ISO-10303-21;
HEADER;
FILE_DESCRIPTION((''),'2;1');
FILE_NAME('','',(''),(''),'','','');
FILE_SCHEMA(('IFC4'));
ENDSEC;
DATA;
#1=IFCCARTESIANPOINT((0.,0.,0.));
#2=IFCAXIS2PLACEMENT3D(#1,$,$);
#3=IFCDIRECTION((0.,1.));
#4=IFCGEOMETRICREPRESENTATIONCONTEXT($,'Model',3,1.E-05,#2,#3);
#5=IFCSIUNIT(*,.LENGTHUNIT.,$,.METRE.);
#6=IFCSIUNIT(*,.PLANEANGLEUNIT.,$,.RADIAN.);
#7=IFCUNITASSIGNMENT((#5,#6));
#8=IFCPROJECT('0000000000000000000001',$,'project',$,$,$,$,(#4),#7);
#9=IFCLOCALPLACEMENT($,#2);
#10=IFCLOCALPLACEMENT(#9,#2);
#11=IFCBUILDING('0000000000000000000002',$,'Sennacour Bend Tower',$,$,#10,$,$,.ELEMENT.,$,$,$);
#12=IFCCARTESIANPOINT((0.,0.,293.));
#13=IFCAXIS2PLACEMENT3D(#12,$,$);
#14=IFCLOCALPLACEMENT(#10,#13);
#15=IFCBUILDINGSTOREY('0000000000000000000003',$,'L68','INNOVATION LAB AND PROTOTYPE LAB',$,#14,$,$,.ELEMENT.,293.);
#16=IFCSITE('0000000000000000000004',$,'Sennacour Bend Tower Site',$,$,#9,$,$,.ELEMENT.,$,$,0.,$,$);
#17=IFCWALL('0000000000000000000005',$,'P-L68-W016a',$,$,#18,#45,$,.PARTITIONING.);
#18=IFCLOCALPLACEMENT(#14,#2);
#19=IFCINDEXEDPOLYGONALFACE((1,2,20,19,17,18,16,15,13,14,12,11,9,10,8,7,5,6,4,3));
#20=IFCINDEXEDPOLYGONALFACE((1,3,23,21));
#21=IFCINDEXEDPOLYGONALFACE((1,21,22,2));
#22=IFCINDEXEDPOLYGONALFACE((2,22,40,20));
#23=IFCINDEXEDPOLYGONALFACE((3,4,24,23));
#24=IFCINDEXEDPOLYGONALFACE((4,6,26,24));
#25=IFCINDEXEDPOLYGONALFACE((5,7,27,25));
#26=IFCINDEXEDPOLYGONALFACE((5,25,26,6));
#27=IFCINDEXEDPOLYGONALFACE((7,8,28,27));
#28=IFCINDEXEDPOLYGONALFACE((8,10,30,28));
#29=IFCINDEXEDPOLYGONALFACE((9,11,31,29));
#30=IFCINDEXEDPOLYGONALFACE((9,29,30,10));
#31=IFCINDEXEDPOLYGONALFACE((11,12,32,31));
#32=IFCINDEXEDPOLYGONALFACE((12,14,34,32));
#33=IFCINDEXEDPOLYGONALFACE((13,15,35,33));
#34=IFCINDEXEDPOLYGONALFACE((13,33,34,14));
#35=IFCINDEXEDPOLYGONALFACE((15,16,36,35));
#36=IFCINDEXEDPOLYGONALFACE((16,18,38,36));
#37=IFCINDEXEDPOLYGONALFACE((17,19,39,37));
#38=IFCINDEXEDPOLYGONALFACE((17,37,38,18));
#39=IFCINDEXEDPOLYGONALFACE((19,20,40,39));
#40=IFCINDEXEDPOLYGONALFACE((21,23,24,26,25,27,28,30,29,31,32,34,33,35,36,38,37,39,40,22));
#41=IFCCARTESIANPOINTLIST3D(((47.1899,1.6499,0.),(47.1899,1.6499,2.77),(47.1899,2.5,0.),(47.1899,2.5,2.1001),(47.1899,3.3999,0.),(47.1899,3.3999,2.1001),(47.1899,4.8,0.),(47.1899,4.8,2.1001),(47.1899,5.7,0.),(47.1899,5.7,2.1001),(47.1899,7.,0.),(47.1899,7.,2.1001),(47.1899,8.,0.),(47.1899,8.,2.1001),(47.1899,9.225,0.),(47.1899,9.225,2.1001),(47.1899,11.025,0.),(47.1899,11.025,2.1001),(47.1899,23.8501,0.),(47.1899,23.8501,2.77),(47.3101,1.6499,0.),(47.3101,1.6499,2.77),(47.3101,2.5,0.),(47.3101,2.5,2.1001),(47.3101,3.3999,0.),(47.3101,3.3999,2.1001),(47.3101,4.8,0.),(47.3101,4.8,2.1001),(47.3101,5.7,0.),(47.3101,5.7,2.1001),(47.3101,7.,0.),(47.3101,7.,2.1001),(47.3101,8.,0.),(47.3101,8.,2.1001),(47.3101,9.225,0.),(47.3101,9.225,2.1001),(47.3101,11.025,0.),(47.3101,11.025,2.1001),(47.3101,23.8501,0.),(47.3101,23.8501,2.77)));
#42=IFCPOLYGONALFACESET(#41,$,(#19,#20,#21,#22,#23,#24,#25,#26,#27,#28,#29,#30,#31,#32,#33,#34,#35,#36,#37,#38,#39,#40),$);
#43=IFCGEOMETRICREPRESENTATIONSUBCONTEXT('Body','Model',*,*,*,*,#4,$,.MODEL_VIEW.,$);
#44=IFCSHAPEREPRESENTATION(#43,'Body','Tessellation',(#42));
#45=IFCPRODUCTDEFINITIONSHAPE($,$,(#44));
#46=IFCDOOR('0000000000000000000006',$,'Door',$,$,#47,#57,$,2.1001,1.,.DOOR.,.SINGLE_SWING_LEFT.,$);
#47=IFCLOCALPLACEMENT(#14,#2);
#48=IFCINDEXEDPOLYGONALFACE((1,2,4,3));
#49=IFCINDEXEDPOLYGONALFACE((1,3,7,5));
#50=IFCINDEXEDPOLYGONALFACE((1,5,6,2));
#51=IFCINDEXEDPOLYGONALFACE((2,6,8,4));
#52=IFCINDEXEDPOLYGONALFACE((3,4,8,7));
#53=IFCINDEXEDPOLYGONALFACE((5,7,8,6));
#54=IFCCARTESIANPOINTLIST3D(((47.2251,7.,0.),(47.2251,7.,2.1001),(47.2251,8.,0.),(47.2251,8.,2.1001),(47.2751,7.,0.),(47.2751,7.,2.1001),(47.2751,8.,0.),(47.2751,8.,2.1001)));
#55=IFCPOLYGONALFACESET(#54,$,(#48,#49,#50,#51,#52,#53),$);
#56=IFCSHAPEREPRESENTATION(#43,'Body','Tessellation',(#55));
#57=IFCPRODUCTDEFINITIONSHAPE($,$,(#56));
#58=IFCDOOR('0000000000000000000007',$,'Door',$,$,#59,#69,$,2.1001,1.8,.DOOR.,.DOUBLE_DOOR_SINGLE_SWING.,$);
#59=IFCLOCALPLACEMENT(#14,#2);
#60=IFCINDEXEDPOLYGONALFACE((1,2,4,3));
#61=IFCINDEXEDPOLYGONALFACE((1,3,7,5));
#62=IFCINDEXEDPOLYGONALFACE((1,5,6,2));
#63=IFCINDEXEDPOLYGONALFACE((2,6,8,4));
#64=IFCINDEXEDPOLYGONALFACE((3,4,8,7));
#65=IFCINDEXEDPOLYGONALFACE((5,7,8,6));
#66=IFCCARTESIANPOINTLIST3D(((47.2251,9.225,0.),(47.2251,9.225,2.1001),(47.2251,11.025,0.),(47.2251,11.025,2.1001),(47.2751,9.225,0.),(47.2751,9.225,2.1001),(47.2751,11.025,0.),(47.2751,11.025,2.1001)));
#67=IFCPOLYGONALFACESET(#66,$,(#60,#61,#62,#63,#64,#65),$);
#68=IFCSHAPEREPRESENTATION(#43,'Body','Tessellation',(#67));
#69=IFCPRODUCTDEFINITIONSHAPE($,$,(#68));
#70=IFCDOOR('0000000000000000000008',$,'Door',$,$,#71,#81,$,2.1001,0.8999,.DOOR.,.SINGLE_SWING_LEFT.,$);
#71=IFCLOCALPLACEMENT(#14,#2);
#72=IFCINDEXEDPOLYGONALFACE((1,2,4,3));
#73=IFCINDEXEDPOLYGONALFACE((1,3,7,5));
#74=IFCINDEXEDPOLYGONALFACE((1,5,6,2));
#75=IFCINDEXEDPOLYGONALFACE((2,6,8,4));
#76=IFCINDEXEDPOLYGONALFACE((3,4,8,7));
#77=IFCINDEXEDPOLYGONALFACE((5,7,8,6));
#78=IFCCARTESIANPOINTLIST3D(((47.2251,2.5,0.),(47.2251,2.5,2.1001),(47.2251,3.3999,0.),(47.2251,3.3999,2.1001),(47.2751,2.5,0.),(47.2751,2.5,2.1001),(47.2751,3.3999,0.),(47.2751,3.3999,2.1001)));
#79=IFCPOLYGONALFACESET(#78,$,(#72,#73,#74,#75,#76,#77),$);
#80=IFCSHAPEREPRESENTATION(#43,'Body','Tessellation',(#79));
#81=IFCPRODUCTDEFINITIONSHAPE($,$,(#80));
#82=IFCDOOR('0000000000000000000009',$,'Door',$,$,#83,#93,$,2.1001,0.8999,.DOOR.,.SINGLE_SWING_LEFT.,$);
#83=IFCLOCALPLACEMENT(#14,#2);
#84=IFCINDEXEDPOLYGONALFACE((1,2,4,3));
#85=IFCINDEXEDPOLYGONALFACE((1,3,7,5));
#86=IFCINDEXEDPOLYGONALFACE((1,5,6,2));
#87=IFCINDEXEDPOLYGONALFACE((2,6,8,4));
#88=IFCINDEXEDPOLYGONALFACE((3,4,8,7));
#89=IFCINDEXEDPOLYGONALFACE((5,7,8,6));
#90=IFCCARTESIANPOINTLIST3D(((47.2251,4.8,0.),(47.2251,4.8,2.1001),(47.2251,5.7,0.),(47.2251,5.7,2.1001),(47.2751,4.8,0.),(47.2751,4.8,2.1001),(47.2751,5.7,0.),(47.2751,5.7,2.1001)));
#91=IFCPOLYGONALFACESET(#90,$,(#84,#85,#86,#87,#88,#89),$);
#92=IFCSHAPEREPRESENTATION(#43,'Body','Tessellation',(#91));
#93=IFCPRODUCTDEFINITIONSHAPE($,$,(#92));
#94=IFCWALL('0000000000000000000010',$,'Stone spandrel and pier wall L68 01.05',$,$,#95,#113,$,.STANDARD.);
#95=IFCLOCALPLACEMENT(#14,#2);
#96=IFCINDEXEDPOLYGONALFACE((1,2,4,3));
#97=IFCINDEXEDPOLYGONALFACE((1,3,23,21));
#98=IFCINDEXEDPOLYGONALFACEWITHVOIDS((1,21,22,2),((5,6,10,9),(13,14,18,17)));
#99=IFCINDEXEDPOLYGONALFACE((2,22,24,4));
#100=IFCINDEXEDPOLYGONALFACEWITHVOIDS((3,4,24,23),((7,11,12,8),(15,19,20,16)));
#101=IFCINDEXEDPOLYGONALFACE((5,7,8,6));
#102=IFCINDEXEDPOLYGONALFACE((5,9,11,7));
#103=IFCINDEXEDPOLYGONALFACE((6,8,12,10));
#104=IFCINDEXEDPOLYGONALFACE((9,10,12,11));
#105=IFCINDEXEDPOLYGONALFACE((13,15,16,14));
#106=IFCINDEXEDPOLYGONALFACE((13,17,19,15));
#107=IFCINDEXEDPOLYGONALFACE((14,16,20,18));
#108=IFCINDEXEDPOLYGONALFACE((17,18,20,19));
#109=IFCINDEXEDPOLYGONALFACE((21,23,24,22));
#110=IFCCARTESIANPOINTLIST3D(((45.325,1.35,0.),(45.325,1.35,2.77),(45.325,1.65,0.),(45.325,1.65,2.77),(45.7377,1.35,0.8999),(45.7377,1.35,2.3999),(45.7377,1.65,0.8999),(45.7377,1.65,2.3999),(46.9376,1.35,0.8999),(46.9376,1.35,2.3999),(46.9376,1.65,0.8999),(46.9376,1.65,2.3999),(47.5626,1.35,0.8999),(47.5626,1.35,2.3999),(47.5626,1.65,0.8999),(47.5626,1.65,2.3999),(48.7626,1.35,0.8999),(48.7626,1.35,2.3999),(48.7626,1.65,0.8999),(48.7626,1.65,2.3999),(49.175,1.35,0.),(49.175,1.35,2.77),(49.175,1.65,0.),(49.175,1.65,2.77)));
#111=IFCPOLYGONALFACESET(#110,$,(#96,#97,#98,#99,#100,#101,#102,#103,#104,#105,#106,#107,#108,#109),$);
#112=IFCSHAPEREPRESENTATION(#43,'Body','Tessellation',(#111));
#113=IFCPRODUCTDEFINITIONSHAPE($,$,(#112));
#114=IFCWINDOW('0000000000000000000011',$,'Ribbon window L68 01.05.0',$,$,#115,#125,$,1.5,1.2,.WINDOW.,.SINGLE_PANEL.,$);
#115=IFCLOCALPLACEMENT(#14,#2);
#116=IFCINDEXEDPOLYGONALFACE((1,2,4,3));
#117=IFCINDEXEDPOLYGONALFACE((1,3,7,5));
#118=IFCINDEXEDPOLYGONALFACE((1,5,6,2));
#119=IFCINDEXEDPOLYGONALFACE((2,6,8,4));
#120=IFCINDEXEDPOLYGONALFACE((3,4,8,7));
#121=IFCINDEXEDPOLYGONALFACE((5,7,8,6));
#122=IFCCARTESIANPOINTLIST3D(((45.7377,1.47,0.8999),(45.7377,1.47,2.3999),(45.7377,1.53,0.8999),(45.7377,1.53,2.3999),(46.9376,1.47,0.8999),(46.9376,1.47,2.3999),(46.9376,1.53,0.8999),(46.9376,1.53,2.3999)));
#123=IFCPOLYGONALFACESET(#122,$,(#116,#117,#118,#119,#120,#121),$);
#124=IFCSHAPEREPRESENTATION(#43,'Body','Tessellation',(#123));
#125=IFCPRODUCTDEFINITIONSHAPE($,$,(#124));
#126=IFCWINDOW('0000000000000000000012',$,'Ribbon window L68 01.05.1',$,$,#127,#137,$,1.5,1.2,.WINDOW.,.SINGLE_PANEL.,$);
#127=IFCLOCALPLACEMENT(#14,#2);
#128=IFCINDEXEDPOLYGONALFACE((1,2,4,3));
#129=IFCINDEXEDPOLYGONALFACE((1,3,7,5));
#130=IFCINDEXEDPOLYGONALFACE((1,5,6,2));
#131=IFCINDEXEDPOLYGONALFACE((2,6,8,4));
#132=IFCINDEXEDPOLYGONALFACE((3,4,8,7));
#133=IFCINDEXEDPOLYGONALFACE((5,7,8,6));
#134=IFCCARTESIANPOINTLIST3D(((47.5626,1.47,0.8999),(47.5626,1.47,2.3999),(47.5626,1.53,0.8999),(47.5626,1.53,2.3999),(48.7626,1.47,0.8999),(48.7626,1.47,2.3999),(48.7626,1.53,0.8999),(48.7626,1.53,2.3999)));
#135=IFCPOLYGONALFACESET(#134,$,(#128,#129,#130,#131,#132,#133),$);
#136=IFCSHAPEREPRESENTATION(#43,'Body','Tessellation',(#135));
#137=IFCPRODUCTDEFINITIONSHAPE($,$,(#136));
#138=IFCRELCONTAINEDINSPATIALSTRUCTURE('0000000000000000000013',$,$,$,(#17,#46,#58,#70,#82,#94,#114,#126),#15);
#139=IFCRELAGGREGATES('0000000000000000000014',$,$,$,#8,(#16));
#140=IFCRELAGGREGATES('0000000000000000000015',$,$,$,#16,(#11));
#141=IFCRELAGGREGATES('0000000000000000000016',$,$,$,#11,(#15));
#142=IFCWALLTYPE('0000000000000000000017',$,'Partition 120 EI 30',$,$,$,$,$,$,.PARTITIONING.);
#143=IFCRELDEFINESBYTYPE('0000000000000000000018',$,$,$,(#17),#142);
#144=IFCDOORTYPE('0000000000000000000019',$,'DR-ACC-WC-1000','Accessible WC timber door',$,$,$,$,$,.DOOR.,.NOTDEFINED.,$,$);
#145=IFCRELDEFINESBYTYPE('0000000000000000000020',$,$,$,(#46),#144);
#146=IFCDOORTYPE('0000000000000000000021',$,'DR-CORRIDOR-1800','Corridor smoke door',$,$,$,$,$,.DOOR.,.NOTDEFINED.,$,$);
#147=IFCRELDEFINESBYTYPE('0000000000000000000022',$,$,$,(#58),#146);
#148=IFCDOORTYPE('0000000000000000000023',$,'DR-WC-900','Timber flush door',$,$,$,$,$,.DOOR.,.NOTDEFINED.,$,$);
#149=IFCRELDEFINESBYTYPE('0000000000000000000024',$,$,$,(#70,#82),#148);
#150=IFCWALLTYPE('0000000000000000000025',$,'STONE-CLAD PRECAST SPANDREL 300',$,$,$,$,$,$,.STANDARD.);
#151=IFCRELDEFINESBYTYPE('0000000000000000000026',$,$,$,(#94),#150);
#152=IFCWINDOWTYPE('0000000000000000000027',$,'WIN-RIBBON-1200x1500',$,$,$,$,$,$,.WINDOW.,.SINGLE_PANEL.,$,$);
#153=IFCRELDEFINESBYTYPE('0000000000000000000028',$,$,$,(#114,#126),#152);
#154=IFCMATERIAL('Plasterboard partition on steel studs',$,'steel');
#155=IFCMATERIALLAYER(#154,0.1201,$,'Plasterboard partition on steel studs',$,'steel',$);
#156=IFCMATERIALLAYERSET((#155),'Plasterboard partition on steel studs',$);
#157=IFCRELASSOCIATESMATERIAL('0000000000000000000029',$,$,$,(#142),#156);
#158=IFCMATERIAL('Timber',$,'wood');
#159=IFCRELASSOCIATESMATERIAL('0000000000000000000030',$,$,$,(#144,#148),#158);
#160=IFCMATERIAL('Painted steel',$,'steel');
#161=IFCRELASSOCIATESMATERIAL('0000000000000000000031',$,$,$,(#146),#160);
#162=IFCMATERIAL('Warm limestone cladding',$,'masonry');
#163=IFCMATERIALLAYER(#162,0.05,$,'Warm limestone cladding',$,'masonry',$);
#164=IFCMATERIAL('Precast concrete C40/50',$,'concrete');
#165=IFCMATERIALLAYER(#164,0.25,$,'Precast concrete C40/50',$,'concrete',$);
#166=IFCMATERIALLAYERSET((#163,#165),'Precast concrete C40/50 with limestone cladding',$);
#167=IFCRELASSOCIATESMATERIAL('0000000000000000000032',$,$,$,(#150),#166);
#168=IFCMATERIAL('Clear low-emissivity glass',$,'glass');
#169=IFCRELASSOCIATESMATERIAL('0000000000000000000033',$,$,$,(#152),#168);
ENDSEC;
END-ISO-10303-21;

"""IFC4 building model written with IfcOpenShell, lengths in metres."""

from ifc_helpers import new_model, si_unit, direction, frame, frame_2d, origin, place, context, subcontext, project, spatial, rectangle, extrude, material, layer, layer_set, type_object, element, fill, save


model = new_model("IFC4")

# Units and contexts
model_context = context("Model", 3, precision=1e-05, world=origin(), true_north=direction((0.0, 1.0)))
body_context = subcontext(model_context, "Body", "Model", "MODEL_VIEW")
ifc_project = project(units=[si_unit("LENGTHUNIT", "METRE"), si_unit("PLANEANGLEUNIT", "RADIAN")], contexts=[model_context])

# Site, building, storey
site_placement = place(None, origin())
site = spatial("IfcSite", under=ifc_project, at=site_placement, Name="Sennacour Bend Tower Site", CompositionType="ELEMENT", RefElevation=0.0)
building_placement = place(site_placement, origin())
building = spatial("IfcBuilding", under=site, at=building_placement, Name="Sennacour Bend Tower", CompositionType="ELEMENT")
storey_placement = place(building_placement, frame((0.0, 0.0, 293.0)))
storey = spatial("IfcBuildingStorey", under=building, at=storey_placement, Name="L68", Description="INNOVATION LAB AND PROTOTYPE LAB", CompositionType="ELEMENT", Elevation=293.0)

# Shared definitions
ifc_material_1 = material(Name="Painted steel", Category="steel")

# Shared definitions
ifc_material_2 = material(Name="Plasterboard partition on steel studs", Category="steel")

# Wall, openings, doors
ifc_layer_1 = layer(ifc_material_2, 0.1201, Name="Plasterboard partition on steel studs", Category="steel")
ifc_layer_set_1 = layer_set([ifc_layer_1], Name="Plasterboard partition on steel studs")
wall_type_1 = type_object("IfcWallType", Name="Partition 120 EI 30", PredefinedType="PARTITIONING", material=ifc_layer_set_1)
wall_1_placement = place(storey_placement, frame((47.25, 1.6499, 0.0), z_axis=(0.0, 0.0, 1.0), x_axis=(0.0, 1.0, 0.0)))
wall_1 = element("IfcWall", 1, at=wall_1_placement, inside=storey, type_object=wall_type_1, Name="P-L68-W016a", PredefinedType="PARTITIONING", context=body_context, shape_type="SweptSolid", body=[
    extrude(rectangle(XDim=22.2002, YDim=0.1201, at=frame_2d((11.1001, 0.0))), origin(), (0.0, 0.0, 1.0), 2.77),
])
opening_1_placement = place(wall_1_placement, frame((7.5752, 0.0, 0.0)))
opening_1 = element("IfcOpeningElement", 2, at=opening_1_placement, cuts=wall_1, PredefinedType="OPENING", context=body_context, shape_type="SweptSolid", body=[
    extrude(rectangle(XDim=1.8, YDim=2.1001, at=frame_2d((0.8999, 1.05))), frame((0.0, 0.0701, 0.0), z_axis=(0.0, -1.0, 0.0), x_axis=(1.0, 0.0, 0.0)), (0.0, 0.0, 1.0), 0.1401),
])
opening_2_placement = place(wall_1_placement, frame((0.8501, 0.0, 0.0)))
opening_2 = element("IfcOpeningElement", 3, at=opening_2_placement, cuts=wall_1, PredefinedType="OPENING", context=body_context, shape_type="SweptSolid", body=[
    extrude(rectangle(XDim=0.8999, YDim=2.1001, at=frame_2d((0.45, 1.05))), frame((0.0, 0.0701, 0.0), z_axis=(0.0, -1.0, 0.0), x_axis=(1.0, 0.0, 0.0)), (0.0, 0.0, 1.0), 0.1401),
])
opening_3_placement = place(wall_1_placement, frame((3.1501, 0.0, 0.0)))
opening_3 = element("IfcOpeningElement", 4, at=opening_3_placement, cuts=wall_1, PredefinedType="OPENING", context=body_context, shape_type="SweptSolid", body=[
    extrude(rectangle(XDim=0.8999, YDim=2.1001, at=frame_2d((0.45, 1.05))), frame((0.0, 0.0701, 0.0), z_axis=(0.0, -1.0, 0.0), x_axis=(1.0, 0.0, 0.0)), (0.0, 0.0, 1.0), 0.1401),
])
opening_4_placement = place(wall_1_placement, frame((5.3501, 0.0, 0.0)))
opening_4 = element("IfcOpeningElement", 5, at=opening_4_placement, cuts=wall_1, PredefinedType="OPENING", context=body_context, shape_type="SweptSolid", body=[
    extrude(rectangle(XDim=1.0, YDim=2.1001, at=frame_2d((0.5, 1.05))), frame((0.0, 0.0701, 0.0), z_axis=(0.0, -1.0, 0.0), x_axis=(1.0, 0.0, 0.0)), (0.0, 0.0, 1.0), 0.1401),
])
ifc_material_3 = material(Name="Timber", Category="wood")
door_type_1 = type_object("IfcDoorType", Name="DR-ACC-WC-1000", Description="Accessible WC timber door", OperationType="NOTDEFINED", PredefinedType="DOOR", material=ifc_material_3)
door_1_placement = place(opening_4_placement, origin())
door_1 = element("IfcDoor", 6, at=door_1_placement, inside=storey, type_object=door_type_1, Name="Door", OperationType="SINGLE_SWING_LEFT", OverallHeight=2.1001, OverallWidth=1.0, PredefinedType="DOOR", context=body_context, shape_type="SweptSolid", body=[
    extrude(rectangle(XDim=1.0, YDim=2.1001, at=frame_2d((0.5, 1.05))), frame((0.0, 0.0249, 0.0), z_axis=(0.0, -1.0, 0.0), x_axis=(1.0, 0.0, 0.0)), (0.0, 0.0, 1.0), 0.05),
])
fill(opening_4, door_1)
door_type_2 = type_object("IfcDoorType", Name="DR-CORRIDOR-1800", Description="Corridor smoke door", OperationType="NOTDEFINED", PredefinedType="DOOR", material=ifc_material_1)
door_2_placement = place(opening_1_placement, origin())
door_2 = element("IfcDoor", 7, at=door_2_placement, inside=storey, type_object=door_type_2, Name="Door", OperationType="DOUBLE_DOOR_SINGLE_SWING", OverallHeight=2.1001, OverallWidth=1.8, PredefinedType="DOOR", context=body_context, shape_type="SweptSolid", body=[
    extrude(rectangle(XDim=1.8, YDim=2.1001, at=frame_2d((0.8999, 1.05))), frame((0.0, 0.0249, 0.0), z_axis=(0.0, -1.0, 0.0), x_axis=(1.0, 0.0, 0.0)), (0.0, 0.0, 1.0), 0.05),
])
fill(opening_1, door_2)
door_type_3 = type_object("IfcDoorType", Name="DR-WC-900", Description="Timber flush door", OperationType="NOTDEFINED", PredefinedType="DOOR", material=ifc_material_3)
door_3_placement = place(opening_2_placement, origin())
door_3 = element("IfcDoor", 8, at=door_3_placement, inside=storey, type_object=door_type_3, Name="Door", OperationType="SINGLE_SWING_LEFT", OverallHeight=2.1001, OverallWidth=0.8999, PredefinedType="DOOR", context=body_context, shape_type="SweptSolid", body=[
    extrude(rectangle(XDim=0.8999, YDim=2.1001, at=frame_2d((0.45, 1.05))), frame((0.0, 0.0249, 0.0), z_axis=(0.0, -1.0, 0.0), x_axis=(1.0, 0.0, 0.0)), (0.0, 0.0, 1.0), 0.05),
])
fill(opening_2, door_3)
door_4_placement = place(opening_3_placement, origin())
door_4 = element("IfcDoor", 9, at=door_4_placement, inside=storey, type_object=door_type_3, Name="Door", OperationType="SINGLE_SWING_LEFT", OverallHeight=2.1001, OverallWidth=0.8999, PredefinedType="DOOR", context=body_context, shape_type="SweptSolid", body=[
    extrude(rectangle(XDim=0.8999, YDim=2.1001, at=frame_2d((0.45, 1.05))), frame((0.0, 0.0249, 0.0), z_axis=(0.0, -1.0, 0.0), x_axis=(1.0, 0.0, 0.0)), (0.0, 0.0, 1.0), 0.05),
])
fill(opening_3, door_4)

# Wall, openings, windows
ifc_material_4 = material(Name="Warm limestone cladding", Category="masonry")
ifc_layer_2 = layer(ifc_material_4, 0.05, Name="Warm limestone cladding", Category="masonry")
ifc_material_5 = material(Name="Precast concrete C40/50", Category="concrete")
ifc_layer_3 = layer(ifc_material_5, 0.25, Name="Precast concrete C40/50", Category="concrete")
ifc_layer_set_2 = layer_set([ifc_layer_2, ifc_layer_3], Name="Precast concrete C40/50 with limestone cladding")
wall_type_2 = type_object("IfcWallType", Name="STONE-CLAD PRECAST SPANDREL 300", PredefinedType="STANDARD", material=ifc_layer_set_2)
wall_2_placement = place(storey_placement, frame((45.325, 1.5, 0.0), z_axis=(0.0, 0.0, 1.0), x_axis=(1.0, 0.0, 0.0)))
wall_2 = element("IfcWall", 10, at=wall_2_placement, inside=storey, type_object=wall_type_2, Name="Stone spandrel and pier wall L68 01.05", PredefinedType="STANDARD", context=body_context, shape_type="SweptSolid", body=[
    extrude(rectangle(XDim=3.8501, YDim=0.3, at=frame_2d((1.925, 0.0))), origin(), (0.0, 0.0, 1.0), 2.77),
])
opening_5_placement = place(wall_2_placement, frame((0.4126, 0.0, 0.8999)))
opening_5 = element("IfcOpeningElement", 11, at=opening_5_placement, cuts=wall_2, PredefinedType="OPENING", context=body_context, shape_type="SweptSolid", body=[
    extrude(rectangle(XDim=1.2, YDim=1.5, at=frame_2d((0.6001, 0.75))), frame((0.0, 0.1602, 0.0), z_axis=(0.0, -1.0, 0.0), x_axis=(1.0, 0.0, 0.0)), (0.0, 0.0, 1.0), 0.3201),
])
opening_6_placement = place(wall_2_placement, frame((2.2375, 0.0, 0.8999)))
opening_6 = element("IfcOpeningElement", 12, at=opening_6_placement, cuts=wall_2, PredefinedType="OPENING", context=body_context, shape_type="SweptSolid", body=[
    extrude(rectangle(XDim=1.2, YDim=1.5, at=frame_2d((0.6001, 0.75))), frame((0.0, 0.1602, 0.0), z_axis=(0.0, -1.0, 0.0), x_axis=(1.0, 0.0, 0.0)), (0.0, 0.0, 1.0), 0.3201),
])
ifc_material_6 = material(Name="Clear low-emissivity glass", Category="glass")
window_type_1 = type_object("IfcWindowType", Name="WIN-RIBBON-1200x1500", PartitioningType="SINGLE_PANEL", PredefinedType="WINDOW", material=ifc_material_6)
window_1_placement = place(opening_5_placement, origin())
window_1 = element("IfcWindow", 13, at=window_1_placement, inside=storey, type_object=window_type_1, Name="Ribbon window L68 01.05.0", OverallHeight=1.5, OverallWidth=1.2, PartitioningType="SINGLE_PANEL", PredefinedType="WINDOW", context=body_context, shape_type="SweptSolid", body=[
    extrude(rectangle(XDim=1.2, YDim=1.5, at=frame_2d((0.6001, 0.75))), frame((0.0, 0.03, 0.0), z_axis=(0.0, -1.0, 0.0), x_axis=(1.0, 0.0, 0.0)), (0.0, 0.0, 1.0), 0.0601),
])
fill(opening_5, window_1)
window_2_placement = place(opening_6_placement, origin())
window_2 = element("IfcWindow", 14, at=window_2_placement, inside=storey, type_object=window_type_1, Name="Ribbon window L68 01.05.1", OverallHeight=1.5, OverallWidth=1.2, PartitioningType="SINGLE_PANEL", PredefinedType="WINDOW", context=body_context, shape_type="SweptSolid", body=[
    extrude(rectangle(XDim=1.2, YDim=1.5, at=frame_2d((0.6001, 0.75))), frame((0.0, 0.03, 0.0), z_axis=(0.0, -1.0, 0.0), x_axis=(1.0, 0.0, 0.0)), (0.0, 0.0, 1.0), 0.0601),
])
fill(opening_6, window_2)

save(model, "model.ifc")
